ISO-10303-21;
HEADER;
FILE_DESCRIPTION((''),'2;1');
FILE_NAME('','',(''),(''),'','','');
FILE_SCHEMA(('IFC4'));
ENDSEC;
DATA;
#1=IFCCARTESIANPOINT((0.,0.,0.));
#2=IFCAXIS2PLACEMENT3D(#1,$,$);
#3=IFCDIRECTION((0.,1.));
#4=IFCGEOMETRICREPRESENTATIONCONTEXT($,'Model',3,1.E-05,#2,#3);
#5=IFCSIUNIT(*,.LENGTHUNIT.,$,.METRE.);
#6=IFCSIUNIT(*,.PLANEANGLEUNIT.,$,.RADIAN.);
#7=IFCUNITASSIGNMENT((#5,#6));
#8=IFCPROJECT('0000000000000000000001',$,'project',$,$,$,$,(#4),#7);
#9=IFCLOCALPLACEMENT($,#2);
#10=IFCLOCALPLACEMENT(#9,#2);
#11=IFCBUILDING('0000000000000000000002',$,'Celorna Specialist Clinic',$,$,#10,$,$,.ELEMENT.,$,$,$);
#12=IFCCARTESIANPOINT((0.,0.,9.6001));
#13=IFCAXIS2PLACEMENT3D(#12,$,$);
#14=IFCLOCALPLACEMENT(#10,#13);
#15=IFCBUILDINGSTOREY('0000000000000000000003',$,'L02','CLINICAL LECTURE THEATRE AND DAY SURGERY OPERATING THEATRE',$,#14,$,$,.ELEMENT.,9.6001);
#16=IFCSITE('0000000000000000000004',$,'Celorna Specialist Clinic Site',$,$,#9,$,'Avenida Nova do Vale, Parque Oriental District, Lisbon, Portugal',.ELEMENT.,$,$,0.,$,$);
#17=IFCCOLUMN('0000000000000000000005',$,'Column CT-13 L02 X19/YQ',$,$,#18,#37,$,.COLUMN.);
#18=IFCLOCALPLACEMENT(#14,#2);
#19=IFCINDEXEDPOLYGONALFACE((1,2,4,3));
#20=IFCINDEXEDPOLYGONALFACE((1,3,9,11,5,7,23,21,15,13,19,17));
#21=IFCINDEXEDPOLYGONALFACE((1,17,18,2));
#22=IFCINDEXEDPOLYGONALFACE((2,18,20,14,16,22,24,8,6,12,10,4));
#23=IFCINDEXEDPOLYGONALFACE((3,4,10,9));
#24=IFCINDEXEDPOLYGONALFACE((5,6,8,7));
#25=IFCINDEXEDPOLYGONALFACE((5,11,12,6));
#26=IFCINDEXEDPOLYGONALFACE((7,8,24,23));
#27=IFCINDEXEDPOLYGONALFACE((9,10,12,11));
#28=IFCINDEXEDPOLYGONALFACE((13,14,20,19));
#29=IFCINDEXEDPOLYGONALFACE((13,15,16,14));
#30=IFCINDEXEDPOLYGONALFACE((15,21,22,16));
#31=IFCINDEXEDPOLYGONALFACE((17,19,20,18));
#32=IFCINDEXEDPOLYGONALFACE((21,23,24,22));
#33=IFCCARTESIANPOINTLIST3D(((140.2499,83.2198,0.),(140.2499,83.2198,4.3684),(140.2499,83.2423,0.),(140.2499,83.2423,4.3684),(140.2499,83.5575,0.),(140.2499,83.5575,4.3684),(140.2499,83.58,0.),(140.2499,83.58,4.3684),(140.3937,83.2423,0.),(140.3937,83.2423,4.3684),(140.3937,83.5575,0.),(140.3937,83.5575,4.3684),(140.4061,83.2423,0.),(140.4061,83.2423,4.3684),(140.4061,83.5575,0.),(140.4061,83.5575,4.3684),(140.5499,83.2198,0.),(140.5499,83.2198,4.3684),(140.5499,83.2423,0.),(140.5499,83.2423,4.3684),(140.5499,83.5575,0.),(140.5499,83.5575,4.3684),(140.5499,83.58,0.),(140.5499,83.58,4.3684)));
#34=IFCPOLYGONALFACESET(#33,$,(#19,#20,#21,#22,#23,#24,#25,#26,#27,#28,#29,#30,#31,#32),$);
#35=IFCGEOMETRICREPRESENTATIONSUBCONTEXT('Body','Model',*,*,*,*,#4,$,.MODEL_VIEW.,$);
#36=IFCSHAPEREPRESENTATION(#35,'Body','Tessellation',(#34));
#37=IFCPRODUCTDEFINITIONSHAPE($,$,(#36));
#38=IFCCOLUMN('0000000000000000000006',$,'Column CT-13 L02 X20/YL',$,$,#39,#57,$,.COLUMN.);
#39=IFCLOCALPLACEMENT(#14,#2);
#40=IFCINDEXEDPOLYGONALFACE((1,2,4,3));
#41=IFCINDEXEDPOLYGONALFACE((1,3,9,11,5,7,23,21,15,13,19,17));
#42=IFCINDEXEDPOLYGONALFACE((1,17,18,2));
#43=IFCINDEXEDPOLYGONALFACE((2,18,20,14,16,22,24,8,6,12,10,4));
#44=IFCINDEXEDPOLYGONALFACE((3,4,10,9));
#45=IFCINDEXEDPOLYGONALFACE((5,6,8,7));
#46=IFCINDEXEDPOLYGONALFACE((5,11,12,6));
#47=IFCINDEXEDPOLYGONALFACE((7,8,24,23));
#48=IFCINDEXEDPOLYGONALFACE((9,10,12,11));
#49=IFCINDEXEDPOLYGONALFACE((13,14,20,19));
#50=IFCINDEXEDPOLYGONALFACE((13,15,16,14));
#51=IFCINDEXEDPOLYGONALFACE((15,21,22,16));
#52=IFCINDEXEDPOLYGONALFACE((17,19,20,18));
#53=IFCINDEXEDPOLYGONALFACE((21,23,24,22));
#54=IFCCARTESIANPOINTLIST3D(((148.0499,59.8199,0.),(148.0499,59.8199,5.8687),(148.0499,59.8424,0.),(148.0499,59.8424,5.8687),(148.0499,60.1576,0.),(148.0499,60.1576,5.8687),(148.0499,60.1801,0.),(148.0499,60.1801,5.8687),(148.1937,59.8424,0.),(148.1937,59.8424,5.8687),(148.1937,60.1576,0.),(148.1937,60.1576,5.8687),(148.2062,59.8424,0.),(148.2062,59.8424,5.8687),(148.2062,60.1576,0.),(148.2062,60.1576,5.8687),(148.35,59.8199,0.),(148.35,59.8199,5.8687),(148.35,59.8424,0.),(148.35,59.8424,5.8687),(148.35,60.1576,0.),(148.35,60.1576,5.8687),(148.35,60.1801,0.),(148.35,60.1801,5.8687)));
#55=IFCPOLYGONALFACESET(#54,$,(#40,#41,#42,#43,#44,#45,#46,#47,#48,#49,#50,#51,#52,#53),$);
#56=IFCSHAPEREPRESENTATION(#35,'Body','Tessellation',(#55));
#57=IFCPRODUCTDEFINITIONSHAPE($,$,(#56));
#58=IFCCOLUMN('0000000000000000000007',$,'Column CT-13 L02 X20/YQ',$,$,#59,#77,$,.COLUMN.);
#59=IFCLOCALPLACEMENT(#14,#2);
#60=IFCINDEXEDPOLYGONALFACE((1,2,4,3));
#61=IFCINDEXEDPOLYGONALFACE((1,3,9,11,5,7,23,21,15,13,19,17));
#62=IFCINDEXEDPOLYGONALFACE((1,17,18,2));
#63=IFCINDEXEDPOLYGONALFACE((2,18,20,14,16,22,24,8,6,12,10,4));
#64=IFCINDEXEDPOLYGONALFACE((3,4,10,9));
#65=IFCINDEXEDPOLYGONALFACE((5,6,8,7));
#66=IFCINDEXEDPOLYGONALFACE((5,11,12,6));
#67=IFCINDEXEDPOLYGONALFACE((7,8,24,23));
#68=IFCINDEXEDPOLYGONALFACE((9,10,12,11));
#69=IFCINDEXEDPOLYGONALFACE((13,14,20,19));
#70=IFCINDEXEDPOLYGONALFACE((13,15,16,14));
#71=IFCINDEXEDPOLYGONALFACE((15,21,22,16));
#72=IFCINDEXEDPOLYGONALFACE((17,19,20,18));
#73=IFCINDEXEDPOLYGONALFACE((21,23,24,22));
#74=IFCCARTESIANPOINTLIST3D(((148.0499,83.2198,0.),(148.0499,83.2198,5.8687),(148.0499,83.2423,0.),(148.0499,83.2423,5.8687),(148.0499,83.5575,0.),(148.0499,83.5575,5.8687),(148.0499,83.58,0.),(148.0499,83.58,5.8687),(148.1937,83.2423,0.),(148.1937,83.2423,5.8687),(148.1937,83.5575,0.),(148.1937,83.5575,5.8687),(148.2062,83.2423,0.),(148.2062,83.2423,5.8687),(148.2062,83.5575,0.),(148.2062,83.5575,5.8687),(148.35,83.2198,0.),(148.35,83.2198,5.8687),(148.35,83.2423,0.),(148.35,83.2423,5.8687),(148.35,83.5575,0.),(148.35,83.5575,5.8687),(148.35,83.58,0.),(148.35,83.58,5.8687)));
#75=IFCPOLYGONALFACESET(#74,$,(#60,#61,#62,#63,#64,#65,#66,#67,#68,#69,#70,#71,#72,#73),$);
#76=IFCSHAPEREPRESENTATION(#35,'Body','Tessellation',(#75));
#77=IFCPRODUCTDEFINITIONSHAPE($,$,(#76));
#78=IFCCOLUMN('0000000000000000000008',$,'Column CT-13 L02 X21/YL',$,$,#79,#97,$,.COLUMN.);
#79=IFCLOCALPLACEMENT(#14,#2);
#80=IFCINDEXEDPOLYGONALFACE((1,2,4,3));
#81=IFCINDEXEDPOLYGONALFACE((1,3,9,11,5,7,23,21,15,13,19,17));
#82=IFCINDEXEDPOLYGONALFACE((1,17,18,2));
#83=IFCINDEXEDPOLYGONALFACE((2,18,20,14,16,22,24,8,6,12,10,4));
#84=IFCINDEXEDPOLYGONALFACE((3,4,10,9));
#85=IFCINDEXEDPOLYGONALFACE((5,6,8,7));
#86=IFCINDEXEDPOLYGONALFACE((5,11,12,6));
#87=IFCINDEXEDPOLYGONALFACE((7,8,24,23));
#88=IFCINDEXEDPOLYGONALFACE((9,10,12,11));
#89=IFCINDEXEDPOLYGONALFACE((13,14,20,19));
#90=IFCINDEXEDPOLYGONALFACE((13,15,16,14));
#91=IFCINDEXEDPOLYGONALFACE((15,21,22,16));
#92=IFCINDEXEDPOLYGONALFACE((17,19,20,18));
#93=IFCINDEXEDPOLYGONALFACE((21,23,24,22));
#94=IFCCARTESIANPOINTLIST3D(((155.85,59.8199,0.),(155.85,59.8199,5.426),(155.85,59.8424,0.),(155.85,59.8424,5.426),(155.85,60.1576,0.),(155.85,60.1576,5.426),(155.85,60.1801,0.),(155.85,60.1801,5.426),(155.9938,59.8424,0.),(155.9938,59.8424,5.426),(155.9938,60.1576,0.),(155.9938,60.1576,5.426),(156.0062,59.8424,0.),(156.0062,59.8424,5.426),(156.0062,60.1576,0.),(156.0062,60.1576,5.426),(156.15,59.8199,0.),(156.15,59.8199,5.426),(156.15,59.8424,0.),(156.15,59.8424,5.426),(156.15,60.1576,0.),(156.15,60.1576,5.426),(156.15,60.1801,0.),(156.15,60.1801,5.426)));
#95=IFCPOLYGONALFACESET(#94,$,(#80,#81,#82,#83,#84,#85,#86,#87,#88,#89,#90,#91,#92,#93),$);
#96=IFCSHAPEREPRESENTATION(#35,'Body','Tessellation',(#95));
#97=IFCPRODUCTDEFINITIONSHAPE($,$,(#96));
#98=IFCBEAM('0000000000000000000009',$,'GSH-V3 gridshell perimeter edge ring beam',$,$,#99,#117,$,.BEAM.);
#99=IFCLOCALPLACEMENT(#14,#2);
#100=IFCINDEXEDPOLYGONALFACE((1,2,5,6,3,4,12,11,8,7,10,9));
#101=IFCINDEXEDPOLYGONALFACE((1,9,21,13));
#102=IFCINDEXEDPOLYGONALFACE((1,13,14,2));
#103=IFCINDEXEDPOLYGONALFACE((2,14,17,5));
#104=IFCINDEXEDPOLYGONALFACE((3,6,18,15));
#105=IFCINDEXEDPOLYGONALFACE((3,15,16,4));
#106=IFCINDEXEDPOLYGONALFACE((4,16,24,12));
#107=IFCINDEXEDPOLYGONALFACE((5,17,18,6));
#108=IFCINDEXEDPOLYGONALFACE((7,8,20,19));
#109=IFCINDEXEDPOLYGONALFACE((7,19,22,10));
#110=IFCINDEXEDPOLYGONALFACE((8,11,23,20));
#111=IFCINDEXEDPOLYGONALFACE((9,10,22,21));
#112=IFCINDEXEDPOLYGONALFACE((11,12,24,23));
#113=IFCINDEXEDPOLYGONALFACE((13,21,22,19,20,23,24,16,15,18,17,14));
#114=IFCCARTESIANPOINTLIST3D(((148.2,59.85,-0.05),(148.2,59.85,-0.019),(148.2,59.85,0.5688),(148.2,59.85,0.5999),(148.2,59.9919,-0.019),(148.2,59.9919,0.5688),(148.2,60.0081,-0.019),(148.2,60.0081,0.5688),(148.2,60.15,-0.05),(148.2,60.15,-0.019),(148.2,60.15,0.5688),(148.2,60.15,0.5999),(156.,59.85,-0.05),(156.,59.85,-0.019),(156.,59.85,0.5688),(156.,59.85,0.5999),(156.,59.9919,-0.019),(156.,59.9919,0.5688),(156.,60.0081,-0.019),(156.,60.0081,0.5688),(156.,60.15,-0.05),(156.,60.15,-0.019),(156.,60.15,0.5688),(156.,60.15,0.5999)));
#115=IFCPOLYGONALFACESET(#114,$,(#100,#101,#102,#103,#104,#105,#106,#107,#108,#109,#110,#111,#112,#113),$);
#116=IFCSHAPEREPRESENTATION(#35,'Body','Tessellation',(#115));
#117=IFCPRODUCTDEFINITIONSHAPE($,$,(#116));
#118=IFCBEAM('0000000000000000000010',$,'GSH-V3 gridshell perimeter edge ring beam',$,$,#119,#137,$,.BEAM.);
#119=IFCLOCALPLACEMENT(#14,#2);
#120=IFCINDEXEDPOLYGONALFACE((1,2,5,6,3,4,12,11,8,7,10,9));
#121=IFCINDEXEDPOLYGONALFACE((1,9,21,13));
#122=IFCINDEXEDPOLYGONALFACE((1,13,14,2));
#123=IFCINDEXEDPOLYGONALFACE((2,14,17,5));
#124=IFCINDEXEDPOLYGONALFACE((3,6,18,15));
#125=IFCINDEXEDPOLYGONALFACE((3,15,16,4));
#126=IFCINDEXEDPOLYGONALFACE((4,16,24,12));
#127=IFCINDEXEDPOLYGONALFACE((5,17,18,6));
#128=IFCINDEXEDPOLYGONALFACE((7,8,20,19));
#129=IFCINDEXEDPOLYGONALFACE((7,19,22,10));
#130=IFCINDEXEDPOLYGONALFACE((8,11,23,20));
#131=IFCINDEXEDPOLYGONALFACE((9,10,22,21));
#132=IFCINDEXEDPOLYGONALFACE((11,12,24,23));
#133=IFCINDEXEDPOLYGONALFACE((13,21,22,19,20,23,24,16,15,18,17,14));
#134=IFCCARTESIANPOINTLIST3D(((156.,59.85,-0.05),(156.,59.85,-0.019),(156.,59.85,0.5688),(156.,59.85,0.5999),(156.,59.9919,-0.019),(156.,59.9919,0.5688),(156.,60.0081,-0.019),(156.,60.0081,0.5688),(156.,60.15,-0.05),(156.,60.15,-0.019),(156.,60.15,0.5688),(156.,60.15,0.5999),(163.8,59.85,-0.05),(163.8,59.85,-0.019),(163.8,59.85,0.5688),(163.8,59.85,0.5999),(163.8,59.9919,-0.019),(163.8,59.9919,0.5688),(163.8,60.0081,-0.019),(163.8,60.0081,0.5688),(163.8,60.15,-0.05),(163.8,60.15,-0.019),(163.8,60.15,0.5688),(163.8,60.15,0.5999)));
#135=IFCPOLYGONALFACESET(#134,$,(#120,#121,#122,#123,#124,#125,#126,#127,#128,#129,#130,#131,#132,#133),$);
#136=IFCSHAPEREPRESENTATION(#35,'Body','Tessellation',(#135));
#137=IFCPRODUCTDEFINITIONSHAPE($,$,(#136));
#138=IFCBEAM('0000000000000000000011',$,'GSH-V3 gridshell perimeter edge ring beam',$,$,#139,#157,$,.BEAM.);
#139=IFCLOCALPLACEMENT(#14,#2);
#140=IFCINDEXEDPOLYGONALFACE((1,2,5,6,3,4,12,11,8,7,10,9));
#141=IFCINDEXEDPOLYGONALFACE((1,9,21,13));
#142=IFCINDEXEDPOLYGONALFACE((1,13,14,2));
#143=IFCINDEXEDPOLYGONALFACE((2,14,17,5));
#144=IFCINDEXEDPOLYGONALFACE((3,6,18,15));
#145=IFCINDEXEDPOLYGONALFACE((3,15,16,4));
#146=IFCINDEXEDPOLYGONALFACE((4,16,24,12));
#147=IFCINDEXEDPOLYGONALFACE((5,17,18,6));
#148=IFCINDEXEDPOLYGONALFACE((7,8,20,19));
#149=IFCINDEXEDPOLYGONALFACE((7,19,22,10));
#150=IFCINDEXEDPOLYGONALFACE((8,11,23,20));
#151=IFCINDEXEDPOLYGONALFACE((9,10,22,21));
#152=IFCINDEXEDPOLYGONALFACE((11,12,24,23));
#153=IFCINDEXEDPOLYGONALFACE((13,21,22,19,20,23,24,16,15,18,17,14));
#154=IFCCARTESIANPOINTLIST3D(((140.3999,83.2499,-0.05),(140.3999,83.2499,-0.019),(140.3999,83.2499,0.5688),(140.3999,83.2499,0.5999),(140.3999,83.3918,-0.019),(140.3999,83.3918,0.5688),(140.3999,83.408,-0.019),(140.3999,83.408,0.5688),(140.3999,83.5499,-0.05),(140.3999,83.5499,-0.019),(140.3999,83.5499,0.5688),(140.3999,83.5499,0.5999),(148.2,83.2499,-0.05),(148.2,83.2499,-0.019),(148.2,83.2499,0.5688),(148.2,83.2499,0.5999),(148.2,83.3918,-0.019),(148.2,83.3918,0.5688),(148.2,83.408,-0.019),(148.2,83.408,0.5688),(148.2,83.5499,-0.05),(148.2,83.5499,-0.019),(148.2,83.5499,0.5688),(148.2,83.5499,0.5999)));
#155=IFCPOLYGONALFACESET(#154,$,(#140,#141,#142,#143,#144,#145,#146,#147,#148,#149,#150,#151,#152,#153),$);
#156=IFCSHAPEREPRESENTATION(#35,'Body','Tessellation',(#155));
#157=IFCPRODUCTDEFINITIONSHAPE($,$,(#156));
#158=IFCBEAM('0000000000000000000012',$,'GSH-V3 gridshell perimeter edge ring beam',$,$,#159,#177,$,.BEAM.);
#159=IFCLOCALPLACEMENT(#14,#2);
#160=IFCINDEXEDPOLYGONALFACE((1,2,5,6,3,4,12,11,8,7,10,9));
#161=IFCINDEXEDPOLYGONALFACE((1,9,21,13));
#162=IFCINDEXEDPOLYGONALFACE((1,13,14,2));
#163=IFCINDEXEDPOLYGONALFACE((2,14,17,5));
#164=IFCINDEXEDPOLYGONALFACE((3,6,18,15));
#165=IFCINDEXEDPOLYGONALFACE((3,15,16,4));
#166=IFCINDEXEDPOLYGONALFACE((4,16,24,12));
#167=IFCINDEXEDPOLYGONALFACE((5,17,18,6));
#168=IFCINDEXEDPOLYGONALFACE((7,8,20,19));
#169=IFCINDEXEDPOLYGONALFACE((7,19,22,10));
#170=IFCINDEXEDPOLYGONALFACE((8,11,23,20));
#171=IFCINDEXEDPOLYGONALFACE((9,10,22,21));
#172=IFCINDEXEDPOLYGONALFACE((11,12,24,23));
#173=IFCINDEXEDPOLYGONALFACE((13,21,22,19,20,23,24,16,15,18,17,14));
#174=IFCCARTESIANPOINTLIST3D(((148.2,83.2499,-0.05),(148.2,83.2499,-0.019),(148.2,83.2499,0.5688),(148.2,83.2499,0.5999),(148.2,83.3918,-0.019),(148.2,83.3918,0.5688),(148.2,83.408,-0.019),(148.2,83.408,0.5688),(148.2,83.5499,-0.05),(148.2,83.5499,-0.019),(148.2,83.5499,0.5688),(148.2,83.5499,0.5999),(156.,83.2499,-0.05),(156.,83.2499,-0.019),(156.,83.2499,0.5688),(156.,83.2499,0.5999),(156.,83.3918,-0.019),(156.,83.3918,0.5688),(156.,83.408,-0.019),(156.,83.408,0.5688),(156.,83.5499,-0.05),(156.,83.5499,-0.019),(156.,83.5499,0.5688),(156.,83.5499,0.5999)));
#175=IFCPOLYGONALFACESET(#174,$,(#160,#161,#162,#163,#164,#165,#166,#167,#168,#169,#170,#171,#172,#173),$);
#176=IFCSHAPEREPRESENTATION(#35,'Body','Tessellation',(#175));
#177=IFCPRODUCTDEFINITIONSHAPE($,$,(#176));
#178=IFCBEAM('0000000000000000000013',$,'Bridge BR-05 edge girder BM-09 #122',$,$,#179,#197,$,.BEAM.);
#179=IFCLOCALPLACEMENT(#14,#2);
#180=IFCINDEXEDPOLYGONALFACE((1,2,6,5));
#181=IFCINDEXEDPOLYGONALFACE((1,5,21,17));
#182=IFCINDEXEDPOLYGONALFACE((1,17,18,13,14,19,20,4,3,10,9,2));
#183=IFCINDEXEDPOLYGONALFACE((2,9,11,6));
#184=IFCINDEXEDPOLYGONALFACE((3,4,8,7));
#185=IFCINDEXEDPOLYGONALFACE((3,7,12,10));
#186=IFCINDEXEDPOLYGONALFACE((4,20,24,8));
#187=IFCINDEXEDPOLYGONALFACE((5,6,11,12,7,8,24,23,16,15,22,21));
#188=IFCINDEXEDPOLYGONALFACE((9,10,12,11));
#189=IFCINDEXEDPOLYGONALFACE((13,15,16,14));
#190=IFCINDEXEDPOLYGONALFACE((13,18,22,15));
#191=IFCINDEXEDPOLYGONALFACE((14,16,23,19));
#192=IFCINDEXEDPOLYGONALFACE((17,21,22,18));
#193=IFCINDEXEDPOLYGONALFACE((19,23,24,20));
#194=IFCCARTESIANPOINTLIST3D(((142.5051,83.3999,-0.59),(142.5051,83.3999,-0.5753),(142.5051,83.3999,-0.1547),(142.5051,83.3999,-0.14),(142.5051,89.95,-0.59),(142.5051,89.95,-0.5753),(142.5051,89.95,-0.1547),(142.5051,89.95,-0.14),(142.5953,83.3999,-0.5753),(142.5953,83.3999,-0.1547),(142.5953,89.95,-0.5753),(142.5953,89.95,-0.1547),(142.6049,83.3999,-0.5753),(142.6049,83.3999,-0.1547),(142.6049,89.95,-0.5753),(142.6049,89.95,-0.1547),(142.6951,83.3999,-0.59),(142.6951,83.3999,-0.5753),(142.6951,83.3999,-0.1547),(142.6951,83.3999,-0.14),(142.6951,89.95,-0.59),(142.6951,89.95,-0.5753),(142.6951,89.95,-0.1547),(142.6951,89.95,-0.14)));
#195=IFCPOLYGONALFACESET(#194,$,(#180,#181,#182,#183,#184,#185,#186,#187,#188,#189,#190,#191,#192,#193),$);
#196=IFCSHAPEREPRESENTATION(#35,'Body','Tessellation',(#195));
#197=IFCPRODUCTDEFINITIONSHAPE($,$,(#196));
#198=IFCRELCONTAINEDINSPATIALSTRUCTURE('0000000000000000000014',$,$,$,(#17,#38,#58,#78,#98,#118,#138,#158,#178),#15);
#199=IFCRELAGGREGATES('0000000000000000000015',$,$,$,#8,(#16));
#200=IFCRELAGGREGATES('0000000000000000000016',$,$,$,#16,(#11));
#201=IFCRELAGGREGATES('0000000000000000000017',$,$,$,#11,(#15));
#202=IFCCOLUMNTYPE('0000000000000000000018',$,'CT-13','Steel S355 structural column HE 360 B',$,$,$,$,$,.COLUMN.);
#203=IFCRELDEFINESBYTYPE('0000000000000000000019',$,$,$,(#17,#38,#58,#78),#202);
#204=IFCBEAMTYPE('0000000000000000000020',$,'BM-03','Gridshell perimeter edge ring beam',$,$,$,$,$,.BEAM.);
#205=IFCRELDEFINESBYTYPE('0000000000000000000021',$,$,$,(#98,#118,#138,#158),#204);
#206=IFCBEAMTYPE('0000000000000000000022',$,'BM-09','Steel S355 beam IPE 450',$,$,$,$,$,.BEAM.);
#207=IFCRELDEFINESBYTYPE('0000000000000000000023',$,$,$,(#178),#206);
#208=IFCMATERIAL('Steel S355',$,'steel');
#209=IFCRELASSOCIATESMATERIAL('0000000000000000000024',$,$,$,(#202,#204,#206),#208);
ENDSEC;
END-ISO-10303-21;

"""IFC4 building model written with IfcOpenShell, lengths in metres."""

from ifc_helpers import new_model, si_unit, direction, frame, origin, origin_2d, place, context, subcontext, project, spatial, i_section, extrude, material, material_profile, profile_set, type_object, element, save


model = new_model("IFC4")

# Units and contexts
model_context = context("Model", 3, precision=1e-05, world=origin(), true_north=direction((0.0, 1.0)))
body_context = subcontext(model_context, "Body", "Model", "MODEL_VIEW")
ifc_project = project(units=[si_unit("LENGTHUNIT", "METRE"), si_unit("PLANEANGLEUNIT", "RADIAN")], contexts=[model_context])

# Site, building, storey
site_placement = place(None, origin())
site = spatial("IfcSite", under=ifc_project, at=site_placement, Name="Celorna Specialist Clinic Site", LongName="Avenida Nova do Vale, Parque Oriental District, Lisbon, Portugal", CompositionType="ELEMENT", RefElevation=0.0)
building_placement = place(site_placement, origin())
building = spatial("IfcBuilding", under=site, at=building_placement, Name="Celorna Specialist Clinic", CompositionType="ELEMENT")
storey_placement = place(building_placement, frame((0.0, 0.0, 9.6001)))
storey = spatial("IfcBuildingStorey", under=building, at=storey_placement, Name="L02", Description="CLINICAL LECTURE THEATRE AND DAY SURGERY OPERATING THEATRE", CompositionType="ELEMENT", Elevation=9.6001)

# Columns
ifc_material_1 = material(Name="Steel S355", Category="steel")
ifc_material_profile_1 = material_profile(ifc_material_1, i_section(OverallWidth=0.3, OverallDepth=0.3601, WebThickness=0.0125, FlangeThickness=0.0225, at=origin_2d()), Name="HE 360 B")
ifc_profile_set_1 = profile_set([ifc_material_profile_1], Name="Steel S355")
column_type = type_object("IfcColumnType", Name="CT-13", Description="Steel S355 structural column HE 360 B", PredefinedType="COLUMN", material=ifc_profile_set_1)
column_1_placement = place(storey_placement, frame((140.3999, 83.3999, 0.0), z_axis=(0.0, 0.0, 1.0), x_axis=(1.0, 0.0, 0.0)))
element("IfcColumn", 1, at=column_1_placement, inside=storey, type_object=column_type, Name="Column CT-13 L02 X19/YQ", PredefinedType="COLUMN", context=body_context, shape_type="SweptSolid", body=[
    extrude(i_section(OverallWidth=0.3, OverallDepth=0.3601, WebThickness=0.0125, FlangeThickness=0.0225, at=origin_2d()), origin(), (0.0, 0.0, 1.0), 4.3684),
])
for number, where, z_axis, x_axis, name in (
    (2, (148.2, 60.0, 0.0), (0.0, 0.0, 1.0), (1.0, 0.0, 0.0), "Column CT-13 L02 X20/YL"),
    (3, (148.2, 83.3999, 0.0), (0.0, 0.0, 1.0), (1.0, 0.0, 0.0), "Column CT-13 L02 X20/YQ"),
):
    element("IfcColumn", number, at=place(storey_placement, frame(where, z_axis=z_axis, x_axis=x_axis)), inside=storey, type_object=column_type, Name=name, PredefinedType="COLUMN", context=body_context, shape_type="SweptSolid", body=[
        extrude(i_section(OverallWidth=0.3, OverallDepth=0.3601, WebThickness=0.0125, FlangeThickness=0.0225, at=origin_2d()), origin(), (0.0, 0.0, 1.0), 5.8687),
    ])
column_2_placement = place(storey_placement, frame((156.0, 60.0, 0.0), z_axis=(0.0, 0.0, 1.0), x_axis=(1.0, 0.0, 0.0)))
element("IfcColumn", 4, at=column_2_placement, inside=storey, type_object=column_type, Name="Column CT-13 L02 X21/YL", PredefinedType="COLUMN", context=body_context, shape_type="SweptSolid", body=[
    extrude(i_section(OverallWidth=0.3, OverallDepth=0.3601, WebThickness=0.0125, FlangeThickness=0.0225, at=origin_2d()), origin(), (0.0, 0.0, 1.0), 5.426),
])

# Beams
ifc_material_profile_2 = material_profile(ifc_material_1, i_section(OverallWidth=0.3, OverallDepth=0.6499, WebThickness=0.0161, FlangeThickness=0.031, at=origin_2d()), Name="HE 650 B")
ifc_profile_set_2 = profile_set([ifc_material_profile_2], Name="Steel S355")
beam_type_1 = type_object("IfcBeamType", Name="BM-03", Description="Gridshell perimeter edge ring beam", PredefinedType="BEAM", material=ifc_profile_set_2)
for number, where, z_axis, x_axis, name in (
    (5, (148.2, 60.0, 0.2749), (1.0, 0.0, 0.0), (0.0, 1.0, 0.0), "GSH-V3 gridshell perimeter edge ring beam"),
    (6, (156.0, 60.0, 0.2749), (1.0, 0.0, 0.0), (0.0, 1.0, 0.0), "GSH-V3 gridshell perimeter edge ring beam"),
    (7, (140.3999, 83.3999, 0.2749), (1.0, 0.0, 0.0), (0.0, 1.0, 0.0), "GSH-V3 gridshell perimeter edge ring beam"),
    (8, (148.2, 83.3999, 0.2749), (1.0, 0.0, 0.0), (0.0, 1.0, 0.0), "GSH-V3 gridshell perimeter edge ring beam"),
):
    element("IfcBeam", number, at=place(storey_placement, frame(where, z_axis=z_axis, x_axis=x_axis)), inside=storey, type_object=beam_type_1, Name=name, PredefinedType="BEAM", context=body_context, shape_type="SweptSolid", body=[
        extrude(i_section(OverallWidth=0.3, OverallDepth=0.6499, WebThickness=0.0161, FlangeThickness=0.031, at=origin_2d()), origin(), (0.0, 0.0, 1.0), 7.8),
    ])
ifc_material_profile_3 = material_profile(ifc_material_1, i_section(OverallWidth=0.1899, OverallDepth=0.45, WebThickness=0.0095, FlangeThickness=0.0146, at=origin_2d()), Name="IPE 450")
ifc_profile_set_3 = profile_set([ifc_material_profile_3], Name="Steel S355")
beam_type_2 = type_object("IfcBeamType", Name="BM-09", Description="Steel S355 beam IPE 450", PredefinedType="BEAM", material=ifc_profile_set_3)
for number, where, z_axis, x_axis, name in (
    (9, (142.6001, 83.3999, -0.365), (0.0, 1.0, 0.0), (-1.0, 0.0, 0.0), "Bridge BR-05 edge girder BM-09 #122"),
):
    element("IfcBeam", number, at=place(storey_placement, frame(where, z_axis=z_axis, x_axis=x_axis)), inside=storey, type_object=beam_type_2, Name=name, PredefinedType="BEAM", context=body_context, shape_type="SweptSolid", body=[
        extrude(i_section(OverallWidth=0.1899, OverallDepth=0.45, WebThickness=0.0095, FlangeThickness=0.0146, at=origin_2d()), origin(), (0.0, 0.0, 1.0), 6.55),
    ])

save(model, "model.ifc")
